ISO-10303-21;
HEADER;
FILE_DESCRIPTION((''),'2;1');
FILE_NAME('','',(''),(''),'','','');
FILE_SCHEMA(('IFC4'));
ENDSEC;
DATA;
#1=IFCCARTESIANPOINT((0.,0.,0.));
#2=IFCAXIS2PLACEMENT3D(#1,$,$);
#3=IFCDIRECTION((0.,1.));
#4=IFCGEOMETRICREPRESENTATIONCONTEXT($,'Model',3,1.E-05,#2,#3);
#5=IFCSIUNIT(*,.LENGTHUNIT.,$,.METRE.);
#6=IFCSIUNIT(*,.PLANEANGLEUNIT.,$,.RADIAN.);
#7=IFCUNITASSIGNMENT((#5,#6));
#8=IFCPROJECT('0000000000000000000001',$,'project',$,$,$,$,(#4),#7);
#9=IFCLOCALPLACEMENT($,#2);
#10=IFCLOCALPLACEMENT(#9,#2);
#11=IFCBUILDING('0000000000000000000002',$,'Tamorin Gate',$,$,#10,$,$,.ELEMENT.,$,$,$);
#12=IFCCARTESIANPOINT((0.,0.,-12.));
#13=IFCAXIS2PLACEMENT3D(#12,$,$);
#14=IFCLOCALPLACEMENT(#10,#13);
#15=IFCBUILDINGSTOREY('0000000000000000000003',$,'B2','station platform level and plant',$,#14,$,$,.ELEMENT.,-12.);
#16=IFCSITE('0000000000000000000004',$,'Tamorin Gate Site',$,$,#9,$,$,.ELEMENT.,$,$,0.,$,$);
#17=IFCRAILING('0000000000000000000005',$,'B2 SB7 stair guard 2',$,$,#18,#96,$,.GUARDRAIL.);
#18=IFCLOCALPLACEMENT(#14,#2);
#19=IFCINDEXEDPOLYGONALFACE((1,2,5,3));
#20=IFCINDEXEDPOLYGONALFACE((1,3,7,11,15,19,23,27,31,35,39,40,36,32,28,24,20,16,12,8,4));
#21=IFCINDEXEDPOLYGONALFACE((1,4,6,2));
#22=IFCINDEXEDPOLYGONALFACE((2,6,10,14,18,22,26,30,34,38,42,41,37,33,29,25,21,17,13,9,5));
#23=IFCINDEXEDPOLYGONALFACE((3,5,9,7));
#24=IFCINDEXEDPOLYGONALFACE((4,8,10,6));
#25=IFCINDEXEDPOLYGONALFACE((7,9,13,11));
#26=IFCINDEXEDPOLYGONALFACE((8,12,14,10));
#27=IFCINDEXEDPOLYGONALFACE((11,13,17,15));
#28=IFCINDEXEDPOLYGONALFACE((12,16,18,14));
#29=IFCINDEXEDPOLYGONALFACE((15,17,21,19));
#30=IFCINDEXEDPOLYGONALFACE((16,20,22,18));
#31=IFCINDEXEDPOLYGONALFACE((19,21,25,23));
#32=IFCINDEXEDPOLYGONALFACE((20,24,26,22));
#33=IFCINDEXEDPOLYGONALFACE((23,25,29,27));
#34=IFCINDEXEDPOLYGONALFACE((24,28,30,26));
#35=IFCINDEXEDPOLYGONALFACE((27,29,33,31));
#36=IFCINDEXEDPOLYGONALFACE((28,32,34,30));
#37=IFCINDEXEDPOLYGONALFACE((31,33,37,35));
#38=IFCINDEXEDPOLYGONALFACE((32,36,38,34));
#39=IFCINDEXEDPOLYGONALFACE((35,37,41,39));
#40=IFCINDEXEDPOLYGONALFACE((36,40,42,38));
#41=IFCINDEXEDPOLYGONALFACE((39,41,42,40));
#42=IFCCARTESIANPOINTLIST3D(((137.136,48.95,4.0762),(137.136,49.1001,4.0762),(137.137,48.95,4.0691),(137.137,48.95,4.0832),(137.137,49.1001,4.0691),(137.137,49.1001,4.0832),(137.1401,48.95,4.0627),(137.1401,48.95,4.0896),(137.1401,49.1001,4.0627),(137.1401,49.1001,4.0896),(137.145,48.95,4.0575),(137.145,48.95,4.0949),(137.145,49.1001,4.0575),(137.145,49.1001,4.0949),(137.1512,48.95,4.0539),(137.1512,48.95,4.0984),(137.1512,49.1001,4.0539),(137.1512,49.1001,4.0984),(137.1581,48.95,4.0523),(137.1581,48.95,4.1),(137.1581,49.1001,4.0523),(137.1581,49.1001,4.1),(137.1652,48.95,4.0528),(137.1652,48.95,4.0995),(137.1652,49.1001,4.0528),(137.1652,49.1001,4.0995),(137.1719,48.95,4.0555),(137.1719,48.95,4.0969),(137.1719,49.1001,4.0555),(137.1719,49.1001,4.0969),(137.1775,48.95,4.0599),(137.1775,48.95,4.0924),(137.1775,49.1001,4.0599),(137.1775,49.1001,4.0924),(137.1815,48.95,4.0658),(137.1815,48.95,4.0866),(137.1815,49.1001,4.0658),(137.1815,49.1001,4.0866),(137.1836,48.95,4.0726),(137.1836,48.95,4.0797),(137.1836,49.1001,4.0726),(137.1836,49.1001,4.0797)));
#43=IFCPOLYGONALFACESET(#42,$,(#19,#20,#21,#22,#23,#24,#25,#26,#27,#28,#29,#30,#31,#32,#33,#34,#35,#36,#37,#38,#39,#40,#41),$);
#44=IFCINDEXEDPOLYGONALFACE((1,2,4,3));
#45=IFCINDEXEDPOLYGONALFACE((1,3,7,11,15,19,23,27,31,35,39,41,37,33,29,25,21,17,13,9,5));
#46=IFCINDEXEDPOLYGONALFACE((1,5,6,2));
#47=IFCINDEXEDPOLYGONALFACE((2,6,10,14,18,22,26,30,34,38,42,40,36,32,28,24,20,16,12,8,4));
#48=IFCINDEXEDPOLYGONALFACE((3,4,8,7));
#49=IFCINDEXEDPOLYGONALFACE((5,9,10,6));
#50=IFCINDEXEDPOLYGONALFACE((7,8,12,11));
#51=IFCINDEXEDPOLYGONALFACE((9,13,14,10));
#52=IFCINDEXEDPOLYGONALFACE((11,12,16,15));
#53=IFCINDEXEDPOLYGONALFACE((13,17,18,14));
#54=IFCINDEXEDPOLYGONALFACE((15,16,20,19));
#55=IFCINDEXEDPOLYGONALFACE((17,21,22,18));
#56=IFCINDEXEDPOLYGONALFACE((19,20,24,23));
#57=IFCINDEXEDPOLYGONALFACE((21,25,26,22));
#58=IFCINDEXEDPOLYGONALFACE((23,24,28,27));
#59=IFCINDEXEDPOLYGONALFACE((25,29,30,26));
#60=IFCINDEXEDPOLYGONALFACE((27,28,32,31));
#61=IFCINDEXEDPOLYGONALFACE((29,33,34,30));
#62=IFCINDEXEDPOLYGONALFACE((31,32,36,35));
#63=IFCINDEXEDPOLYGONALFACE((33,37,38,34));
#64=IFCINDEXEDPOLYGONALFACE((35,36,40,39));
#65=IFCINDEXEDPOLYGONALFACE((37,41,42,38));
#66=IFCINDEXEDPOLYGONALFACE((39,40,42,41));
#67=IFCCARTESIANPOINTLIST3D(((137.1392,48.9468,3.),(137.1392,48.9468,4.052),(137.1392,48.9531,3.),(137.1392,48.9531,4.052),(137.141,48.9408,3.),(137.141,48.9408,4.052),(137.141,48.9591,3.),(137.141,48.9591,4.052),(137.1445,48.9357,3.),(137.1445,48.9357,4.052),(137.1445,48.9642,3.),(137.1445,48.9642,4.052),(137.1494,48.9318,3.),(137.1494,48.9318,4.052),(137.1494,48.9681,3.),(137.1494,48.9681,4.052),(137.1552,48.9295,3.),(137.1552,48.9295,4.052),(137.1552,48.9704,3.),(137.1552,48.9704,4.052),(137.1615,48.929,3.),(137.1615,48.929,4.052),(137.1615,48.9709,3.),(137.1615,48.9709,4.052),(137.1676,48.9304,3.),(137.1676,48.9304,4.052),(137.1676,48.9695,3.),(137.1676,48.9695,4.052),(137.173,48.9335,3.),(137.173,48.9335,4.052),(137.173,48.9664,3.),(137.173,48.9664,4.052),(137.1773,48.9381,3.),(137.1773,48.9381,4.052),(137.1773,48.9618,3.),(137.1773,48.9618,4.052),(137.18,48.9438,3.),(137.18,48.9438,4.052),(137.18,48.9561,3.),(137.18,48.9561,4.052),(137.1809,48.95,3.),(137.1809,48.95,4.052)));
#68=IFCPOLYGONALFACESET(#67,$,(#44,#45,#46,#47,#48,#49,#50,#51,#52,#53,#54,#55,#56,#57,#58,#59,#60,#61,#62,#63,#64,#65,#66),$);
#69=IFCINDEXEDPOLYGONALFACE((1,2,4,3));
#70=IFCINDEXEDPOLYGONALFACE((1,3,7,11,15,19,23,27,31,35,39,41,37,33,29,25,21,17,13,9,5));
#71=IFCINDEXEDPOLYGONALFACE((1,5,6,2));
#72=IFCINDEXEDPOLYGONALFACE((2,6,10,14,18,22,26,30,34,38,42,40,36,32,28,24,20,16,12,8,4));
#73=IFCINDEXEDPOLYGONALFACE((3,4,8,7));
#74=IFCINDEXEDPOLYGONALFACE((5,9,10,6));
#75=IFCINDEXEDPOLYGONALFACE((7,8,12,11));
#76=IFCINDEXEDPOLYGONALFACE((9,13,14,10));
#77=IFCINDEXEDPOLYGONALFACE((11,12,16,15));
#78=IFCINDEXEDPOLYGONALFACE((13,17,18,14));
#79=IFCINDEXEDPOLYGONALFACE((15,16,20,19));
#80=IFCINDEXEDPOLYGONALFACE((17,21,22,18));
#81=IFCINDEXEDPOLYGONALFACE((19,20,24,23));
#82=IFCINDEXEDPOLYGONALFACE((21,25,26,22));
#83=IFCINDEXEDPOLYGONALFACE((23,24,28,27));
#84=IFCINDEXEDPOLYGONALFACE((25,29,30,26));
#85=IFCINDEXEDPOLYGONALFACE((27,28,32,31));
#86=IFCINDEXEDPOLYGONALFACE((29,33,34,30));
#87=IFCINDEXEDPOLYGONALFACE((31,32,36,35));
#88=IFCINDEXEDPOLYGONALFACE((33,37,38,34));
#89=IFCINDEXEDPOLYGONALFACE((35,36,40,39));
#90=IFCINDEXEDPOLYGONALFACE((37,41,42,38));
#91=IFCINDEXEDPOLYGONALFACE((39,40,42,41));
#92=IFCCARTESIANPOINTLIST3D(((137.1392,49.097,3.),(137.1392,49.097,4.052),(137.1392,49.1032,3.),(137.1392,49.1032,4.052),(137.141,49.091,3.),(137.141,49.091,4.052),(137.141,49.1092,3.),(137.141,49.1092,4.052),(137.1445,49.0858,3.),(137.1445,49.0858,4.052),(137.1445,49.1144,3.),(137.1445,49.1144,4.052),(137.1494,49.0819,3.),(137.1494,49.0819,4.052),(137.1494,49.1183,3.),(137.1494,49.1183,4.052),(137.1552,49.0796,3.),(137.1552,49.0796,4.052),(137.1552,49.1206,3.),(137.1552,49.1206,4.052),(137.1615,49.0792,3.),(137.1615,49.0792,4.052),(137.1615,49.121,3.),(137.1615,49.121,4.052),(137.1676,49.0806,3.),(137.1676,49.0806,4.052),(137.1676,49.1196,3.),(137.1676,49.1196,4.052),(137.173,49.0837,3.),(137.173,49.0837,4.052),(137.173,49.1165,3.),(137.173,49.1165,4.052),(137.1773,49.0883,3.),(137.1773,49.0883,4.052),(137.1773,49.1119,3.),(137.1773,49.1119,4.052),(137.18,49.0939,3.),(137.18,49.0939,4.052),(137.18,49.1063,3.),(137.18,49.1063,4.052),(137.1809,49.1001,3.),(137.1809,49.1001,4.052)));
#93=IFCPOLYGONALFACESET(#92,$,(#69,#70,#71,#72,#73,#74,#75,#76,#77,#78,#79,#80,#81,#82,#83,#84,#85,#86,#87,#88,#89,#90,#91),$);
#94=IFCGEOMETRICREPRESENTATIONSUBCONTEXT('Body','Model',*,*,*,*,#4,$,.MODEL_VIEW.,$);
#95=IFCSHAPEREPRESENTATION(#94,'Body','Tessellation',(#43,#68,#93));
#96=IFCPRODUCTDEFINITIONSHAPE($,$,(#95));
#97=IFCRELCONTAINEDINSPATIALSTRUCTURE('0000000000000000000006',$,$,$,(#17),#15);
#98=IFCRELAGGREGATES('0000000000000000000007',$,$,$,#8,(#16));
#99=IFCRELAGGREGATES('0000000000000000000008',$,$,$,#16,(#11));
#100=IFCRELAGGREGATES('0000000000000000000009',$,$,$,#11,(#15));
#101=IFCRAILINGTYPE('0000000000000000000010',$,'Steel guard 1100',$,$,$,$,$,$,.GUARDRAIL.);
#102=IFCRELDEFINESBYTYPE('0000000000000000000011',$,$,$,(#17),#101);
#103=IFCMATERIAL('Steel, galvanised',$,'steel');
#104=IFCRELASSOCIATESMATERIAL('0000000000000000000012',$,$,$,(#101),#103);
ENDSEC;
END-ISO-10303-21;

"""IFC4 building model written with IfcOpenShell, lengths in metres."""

from ifc_helpers import new_model, si_unit, direction, frame, origin, origin_2d, place, context, subcontext, project, spatial, circle, extrude, material, type_object, element, save


model = new_model("IFC4")

# Units and contexts
model_context = context("Model", 3, precision=1e-05, world=origin(), true_north=direction((0.0, 1.0)))
body_context = subcontext(model_context, "Body", "Model", "MODEL_VIEW")
ifc_project = project(units=[si_unit("LENGTHUNIT", "METRE"), si_unit("PLANEANGLEUNIT", "RADIAN")], contexts=[model_context])

# Site, building, storey
site_placement = place(None, origin())
site = spatial("IfcSite", under=ifc_project, at=site_placement, Name="Tamorin Gate Site", CompositionType="ELEMENT", RefElevation=0.0)
building_placement = place(site_placement, origin())
building = spatial("IfcBuilding", under=site, at=building_placement, Name="Tamorin Gate", CompositionType="ELEMENT")
storey_placement = place(building_placement, frame((0.0, 0.0, -12.0)))
storey = spatial("IfcBuildingStorey", under=building, at=storey_placement, Name="B2", Description="station platform level and plant", CompositionType="ELEMENT", Elevation=-12.0)

# Railing
ifc_material_1 = material(Name="Steel, galvanised", Category="steel")
railing_type_1 = type_object("IfcRailingType", Name="Steel guard 1100", PredefinedType="GUARDRAIL", material=ifc_material_1)
railing_1_placement = place(storey_placement, frame((137.1599, 48.95, 3.0)))
element("IfcRailing", 1, at=railing_1_placement, inside=storey, type_object=railing_type_1, Name="B2 SB7 stair guard 2", PredefinedType="GUARDRAIL", context=body_context, shape_type="SweptSolid", body=[
    extrude(circle(Radius=0.0239, at=origin_2d()), frame((0.0, 0.0, 1.0762), z_axis=(0.0, 1.0, 0.0), x_axis=(-1.0, 0.0, 0.0)), (0.0, 0.0, 1.0), 0.1501),
    extrude(circle(Radius=0.021, at=origin_2d()), origin(), (0.0, 0.0, 1.0), 1.052),
    extrude(circle(Radius=0.021, at=origin_2d()), frame((0.0, 0.1501, 0.0)), (0.0, 0.0, 1.0), 1.052),
])

save(model, "model.ifc")
